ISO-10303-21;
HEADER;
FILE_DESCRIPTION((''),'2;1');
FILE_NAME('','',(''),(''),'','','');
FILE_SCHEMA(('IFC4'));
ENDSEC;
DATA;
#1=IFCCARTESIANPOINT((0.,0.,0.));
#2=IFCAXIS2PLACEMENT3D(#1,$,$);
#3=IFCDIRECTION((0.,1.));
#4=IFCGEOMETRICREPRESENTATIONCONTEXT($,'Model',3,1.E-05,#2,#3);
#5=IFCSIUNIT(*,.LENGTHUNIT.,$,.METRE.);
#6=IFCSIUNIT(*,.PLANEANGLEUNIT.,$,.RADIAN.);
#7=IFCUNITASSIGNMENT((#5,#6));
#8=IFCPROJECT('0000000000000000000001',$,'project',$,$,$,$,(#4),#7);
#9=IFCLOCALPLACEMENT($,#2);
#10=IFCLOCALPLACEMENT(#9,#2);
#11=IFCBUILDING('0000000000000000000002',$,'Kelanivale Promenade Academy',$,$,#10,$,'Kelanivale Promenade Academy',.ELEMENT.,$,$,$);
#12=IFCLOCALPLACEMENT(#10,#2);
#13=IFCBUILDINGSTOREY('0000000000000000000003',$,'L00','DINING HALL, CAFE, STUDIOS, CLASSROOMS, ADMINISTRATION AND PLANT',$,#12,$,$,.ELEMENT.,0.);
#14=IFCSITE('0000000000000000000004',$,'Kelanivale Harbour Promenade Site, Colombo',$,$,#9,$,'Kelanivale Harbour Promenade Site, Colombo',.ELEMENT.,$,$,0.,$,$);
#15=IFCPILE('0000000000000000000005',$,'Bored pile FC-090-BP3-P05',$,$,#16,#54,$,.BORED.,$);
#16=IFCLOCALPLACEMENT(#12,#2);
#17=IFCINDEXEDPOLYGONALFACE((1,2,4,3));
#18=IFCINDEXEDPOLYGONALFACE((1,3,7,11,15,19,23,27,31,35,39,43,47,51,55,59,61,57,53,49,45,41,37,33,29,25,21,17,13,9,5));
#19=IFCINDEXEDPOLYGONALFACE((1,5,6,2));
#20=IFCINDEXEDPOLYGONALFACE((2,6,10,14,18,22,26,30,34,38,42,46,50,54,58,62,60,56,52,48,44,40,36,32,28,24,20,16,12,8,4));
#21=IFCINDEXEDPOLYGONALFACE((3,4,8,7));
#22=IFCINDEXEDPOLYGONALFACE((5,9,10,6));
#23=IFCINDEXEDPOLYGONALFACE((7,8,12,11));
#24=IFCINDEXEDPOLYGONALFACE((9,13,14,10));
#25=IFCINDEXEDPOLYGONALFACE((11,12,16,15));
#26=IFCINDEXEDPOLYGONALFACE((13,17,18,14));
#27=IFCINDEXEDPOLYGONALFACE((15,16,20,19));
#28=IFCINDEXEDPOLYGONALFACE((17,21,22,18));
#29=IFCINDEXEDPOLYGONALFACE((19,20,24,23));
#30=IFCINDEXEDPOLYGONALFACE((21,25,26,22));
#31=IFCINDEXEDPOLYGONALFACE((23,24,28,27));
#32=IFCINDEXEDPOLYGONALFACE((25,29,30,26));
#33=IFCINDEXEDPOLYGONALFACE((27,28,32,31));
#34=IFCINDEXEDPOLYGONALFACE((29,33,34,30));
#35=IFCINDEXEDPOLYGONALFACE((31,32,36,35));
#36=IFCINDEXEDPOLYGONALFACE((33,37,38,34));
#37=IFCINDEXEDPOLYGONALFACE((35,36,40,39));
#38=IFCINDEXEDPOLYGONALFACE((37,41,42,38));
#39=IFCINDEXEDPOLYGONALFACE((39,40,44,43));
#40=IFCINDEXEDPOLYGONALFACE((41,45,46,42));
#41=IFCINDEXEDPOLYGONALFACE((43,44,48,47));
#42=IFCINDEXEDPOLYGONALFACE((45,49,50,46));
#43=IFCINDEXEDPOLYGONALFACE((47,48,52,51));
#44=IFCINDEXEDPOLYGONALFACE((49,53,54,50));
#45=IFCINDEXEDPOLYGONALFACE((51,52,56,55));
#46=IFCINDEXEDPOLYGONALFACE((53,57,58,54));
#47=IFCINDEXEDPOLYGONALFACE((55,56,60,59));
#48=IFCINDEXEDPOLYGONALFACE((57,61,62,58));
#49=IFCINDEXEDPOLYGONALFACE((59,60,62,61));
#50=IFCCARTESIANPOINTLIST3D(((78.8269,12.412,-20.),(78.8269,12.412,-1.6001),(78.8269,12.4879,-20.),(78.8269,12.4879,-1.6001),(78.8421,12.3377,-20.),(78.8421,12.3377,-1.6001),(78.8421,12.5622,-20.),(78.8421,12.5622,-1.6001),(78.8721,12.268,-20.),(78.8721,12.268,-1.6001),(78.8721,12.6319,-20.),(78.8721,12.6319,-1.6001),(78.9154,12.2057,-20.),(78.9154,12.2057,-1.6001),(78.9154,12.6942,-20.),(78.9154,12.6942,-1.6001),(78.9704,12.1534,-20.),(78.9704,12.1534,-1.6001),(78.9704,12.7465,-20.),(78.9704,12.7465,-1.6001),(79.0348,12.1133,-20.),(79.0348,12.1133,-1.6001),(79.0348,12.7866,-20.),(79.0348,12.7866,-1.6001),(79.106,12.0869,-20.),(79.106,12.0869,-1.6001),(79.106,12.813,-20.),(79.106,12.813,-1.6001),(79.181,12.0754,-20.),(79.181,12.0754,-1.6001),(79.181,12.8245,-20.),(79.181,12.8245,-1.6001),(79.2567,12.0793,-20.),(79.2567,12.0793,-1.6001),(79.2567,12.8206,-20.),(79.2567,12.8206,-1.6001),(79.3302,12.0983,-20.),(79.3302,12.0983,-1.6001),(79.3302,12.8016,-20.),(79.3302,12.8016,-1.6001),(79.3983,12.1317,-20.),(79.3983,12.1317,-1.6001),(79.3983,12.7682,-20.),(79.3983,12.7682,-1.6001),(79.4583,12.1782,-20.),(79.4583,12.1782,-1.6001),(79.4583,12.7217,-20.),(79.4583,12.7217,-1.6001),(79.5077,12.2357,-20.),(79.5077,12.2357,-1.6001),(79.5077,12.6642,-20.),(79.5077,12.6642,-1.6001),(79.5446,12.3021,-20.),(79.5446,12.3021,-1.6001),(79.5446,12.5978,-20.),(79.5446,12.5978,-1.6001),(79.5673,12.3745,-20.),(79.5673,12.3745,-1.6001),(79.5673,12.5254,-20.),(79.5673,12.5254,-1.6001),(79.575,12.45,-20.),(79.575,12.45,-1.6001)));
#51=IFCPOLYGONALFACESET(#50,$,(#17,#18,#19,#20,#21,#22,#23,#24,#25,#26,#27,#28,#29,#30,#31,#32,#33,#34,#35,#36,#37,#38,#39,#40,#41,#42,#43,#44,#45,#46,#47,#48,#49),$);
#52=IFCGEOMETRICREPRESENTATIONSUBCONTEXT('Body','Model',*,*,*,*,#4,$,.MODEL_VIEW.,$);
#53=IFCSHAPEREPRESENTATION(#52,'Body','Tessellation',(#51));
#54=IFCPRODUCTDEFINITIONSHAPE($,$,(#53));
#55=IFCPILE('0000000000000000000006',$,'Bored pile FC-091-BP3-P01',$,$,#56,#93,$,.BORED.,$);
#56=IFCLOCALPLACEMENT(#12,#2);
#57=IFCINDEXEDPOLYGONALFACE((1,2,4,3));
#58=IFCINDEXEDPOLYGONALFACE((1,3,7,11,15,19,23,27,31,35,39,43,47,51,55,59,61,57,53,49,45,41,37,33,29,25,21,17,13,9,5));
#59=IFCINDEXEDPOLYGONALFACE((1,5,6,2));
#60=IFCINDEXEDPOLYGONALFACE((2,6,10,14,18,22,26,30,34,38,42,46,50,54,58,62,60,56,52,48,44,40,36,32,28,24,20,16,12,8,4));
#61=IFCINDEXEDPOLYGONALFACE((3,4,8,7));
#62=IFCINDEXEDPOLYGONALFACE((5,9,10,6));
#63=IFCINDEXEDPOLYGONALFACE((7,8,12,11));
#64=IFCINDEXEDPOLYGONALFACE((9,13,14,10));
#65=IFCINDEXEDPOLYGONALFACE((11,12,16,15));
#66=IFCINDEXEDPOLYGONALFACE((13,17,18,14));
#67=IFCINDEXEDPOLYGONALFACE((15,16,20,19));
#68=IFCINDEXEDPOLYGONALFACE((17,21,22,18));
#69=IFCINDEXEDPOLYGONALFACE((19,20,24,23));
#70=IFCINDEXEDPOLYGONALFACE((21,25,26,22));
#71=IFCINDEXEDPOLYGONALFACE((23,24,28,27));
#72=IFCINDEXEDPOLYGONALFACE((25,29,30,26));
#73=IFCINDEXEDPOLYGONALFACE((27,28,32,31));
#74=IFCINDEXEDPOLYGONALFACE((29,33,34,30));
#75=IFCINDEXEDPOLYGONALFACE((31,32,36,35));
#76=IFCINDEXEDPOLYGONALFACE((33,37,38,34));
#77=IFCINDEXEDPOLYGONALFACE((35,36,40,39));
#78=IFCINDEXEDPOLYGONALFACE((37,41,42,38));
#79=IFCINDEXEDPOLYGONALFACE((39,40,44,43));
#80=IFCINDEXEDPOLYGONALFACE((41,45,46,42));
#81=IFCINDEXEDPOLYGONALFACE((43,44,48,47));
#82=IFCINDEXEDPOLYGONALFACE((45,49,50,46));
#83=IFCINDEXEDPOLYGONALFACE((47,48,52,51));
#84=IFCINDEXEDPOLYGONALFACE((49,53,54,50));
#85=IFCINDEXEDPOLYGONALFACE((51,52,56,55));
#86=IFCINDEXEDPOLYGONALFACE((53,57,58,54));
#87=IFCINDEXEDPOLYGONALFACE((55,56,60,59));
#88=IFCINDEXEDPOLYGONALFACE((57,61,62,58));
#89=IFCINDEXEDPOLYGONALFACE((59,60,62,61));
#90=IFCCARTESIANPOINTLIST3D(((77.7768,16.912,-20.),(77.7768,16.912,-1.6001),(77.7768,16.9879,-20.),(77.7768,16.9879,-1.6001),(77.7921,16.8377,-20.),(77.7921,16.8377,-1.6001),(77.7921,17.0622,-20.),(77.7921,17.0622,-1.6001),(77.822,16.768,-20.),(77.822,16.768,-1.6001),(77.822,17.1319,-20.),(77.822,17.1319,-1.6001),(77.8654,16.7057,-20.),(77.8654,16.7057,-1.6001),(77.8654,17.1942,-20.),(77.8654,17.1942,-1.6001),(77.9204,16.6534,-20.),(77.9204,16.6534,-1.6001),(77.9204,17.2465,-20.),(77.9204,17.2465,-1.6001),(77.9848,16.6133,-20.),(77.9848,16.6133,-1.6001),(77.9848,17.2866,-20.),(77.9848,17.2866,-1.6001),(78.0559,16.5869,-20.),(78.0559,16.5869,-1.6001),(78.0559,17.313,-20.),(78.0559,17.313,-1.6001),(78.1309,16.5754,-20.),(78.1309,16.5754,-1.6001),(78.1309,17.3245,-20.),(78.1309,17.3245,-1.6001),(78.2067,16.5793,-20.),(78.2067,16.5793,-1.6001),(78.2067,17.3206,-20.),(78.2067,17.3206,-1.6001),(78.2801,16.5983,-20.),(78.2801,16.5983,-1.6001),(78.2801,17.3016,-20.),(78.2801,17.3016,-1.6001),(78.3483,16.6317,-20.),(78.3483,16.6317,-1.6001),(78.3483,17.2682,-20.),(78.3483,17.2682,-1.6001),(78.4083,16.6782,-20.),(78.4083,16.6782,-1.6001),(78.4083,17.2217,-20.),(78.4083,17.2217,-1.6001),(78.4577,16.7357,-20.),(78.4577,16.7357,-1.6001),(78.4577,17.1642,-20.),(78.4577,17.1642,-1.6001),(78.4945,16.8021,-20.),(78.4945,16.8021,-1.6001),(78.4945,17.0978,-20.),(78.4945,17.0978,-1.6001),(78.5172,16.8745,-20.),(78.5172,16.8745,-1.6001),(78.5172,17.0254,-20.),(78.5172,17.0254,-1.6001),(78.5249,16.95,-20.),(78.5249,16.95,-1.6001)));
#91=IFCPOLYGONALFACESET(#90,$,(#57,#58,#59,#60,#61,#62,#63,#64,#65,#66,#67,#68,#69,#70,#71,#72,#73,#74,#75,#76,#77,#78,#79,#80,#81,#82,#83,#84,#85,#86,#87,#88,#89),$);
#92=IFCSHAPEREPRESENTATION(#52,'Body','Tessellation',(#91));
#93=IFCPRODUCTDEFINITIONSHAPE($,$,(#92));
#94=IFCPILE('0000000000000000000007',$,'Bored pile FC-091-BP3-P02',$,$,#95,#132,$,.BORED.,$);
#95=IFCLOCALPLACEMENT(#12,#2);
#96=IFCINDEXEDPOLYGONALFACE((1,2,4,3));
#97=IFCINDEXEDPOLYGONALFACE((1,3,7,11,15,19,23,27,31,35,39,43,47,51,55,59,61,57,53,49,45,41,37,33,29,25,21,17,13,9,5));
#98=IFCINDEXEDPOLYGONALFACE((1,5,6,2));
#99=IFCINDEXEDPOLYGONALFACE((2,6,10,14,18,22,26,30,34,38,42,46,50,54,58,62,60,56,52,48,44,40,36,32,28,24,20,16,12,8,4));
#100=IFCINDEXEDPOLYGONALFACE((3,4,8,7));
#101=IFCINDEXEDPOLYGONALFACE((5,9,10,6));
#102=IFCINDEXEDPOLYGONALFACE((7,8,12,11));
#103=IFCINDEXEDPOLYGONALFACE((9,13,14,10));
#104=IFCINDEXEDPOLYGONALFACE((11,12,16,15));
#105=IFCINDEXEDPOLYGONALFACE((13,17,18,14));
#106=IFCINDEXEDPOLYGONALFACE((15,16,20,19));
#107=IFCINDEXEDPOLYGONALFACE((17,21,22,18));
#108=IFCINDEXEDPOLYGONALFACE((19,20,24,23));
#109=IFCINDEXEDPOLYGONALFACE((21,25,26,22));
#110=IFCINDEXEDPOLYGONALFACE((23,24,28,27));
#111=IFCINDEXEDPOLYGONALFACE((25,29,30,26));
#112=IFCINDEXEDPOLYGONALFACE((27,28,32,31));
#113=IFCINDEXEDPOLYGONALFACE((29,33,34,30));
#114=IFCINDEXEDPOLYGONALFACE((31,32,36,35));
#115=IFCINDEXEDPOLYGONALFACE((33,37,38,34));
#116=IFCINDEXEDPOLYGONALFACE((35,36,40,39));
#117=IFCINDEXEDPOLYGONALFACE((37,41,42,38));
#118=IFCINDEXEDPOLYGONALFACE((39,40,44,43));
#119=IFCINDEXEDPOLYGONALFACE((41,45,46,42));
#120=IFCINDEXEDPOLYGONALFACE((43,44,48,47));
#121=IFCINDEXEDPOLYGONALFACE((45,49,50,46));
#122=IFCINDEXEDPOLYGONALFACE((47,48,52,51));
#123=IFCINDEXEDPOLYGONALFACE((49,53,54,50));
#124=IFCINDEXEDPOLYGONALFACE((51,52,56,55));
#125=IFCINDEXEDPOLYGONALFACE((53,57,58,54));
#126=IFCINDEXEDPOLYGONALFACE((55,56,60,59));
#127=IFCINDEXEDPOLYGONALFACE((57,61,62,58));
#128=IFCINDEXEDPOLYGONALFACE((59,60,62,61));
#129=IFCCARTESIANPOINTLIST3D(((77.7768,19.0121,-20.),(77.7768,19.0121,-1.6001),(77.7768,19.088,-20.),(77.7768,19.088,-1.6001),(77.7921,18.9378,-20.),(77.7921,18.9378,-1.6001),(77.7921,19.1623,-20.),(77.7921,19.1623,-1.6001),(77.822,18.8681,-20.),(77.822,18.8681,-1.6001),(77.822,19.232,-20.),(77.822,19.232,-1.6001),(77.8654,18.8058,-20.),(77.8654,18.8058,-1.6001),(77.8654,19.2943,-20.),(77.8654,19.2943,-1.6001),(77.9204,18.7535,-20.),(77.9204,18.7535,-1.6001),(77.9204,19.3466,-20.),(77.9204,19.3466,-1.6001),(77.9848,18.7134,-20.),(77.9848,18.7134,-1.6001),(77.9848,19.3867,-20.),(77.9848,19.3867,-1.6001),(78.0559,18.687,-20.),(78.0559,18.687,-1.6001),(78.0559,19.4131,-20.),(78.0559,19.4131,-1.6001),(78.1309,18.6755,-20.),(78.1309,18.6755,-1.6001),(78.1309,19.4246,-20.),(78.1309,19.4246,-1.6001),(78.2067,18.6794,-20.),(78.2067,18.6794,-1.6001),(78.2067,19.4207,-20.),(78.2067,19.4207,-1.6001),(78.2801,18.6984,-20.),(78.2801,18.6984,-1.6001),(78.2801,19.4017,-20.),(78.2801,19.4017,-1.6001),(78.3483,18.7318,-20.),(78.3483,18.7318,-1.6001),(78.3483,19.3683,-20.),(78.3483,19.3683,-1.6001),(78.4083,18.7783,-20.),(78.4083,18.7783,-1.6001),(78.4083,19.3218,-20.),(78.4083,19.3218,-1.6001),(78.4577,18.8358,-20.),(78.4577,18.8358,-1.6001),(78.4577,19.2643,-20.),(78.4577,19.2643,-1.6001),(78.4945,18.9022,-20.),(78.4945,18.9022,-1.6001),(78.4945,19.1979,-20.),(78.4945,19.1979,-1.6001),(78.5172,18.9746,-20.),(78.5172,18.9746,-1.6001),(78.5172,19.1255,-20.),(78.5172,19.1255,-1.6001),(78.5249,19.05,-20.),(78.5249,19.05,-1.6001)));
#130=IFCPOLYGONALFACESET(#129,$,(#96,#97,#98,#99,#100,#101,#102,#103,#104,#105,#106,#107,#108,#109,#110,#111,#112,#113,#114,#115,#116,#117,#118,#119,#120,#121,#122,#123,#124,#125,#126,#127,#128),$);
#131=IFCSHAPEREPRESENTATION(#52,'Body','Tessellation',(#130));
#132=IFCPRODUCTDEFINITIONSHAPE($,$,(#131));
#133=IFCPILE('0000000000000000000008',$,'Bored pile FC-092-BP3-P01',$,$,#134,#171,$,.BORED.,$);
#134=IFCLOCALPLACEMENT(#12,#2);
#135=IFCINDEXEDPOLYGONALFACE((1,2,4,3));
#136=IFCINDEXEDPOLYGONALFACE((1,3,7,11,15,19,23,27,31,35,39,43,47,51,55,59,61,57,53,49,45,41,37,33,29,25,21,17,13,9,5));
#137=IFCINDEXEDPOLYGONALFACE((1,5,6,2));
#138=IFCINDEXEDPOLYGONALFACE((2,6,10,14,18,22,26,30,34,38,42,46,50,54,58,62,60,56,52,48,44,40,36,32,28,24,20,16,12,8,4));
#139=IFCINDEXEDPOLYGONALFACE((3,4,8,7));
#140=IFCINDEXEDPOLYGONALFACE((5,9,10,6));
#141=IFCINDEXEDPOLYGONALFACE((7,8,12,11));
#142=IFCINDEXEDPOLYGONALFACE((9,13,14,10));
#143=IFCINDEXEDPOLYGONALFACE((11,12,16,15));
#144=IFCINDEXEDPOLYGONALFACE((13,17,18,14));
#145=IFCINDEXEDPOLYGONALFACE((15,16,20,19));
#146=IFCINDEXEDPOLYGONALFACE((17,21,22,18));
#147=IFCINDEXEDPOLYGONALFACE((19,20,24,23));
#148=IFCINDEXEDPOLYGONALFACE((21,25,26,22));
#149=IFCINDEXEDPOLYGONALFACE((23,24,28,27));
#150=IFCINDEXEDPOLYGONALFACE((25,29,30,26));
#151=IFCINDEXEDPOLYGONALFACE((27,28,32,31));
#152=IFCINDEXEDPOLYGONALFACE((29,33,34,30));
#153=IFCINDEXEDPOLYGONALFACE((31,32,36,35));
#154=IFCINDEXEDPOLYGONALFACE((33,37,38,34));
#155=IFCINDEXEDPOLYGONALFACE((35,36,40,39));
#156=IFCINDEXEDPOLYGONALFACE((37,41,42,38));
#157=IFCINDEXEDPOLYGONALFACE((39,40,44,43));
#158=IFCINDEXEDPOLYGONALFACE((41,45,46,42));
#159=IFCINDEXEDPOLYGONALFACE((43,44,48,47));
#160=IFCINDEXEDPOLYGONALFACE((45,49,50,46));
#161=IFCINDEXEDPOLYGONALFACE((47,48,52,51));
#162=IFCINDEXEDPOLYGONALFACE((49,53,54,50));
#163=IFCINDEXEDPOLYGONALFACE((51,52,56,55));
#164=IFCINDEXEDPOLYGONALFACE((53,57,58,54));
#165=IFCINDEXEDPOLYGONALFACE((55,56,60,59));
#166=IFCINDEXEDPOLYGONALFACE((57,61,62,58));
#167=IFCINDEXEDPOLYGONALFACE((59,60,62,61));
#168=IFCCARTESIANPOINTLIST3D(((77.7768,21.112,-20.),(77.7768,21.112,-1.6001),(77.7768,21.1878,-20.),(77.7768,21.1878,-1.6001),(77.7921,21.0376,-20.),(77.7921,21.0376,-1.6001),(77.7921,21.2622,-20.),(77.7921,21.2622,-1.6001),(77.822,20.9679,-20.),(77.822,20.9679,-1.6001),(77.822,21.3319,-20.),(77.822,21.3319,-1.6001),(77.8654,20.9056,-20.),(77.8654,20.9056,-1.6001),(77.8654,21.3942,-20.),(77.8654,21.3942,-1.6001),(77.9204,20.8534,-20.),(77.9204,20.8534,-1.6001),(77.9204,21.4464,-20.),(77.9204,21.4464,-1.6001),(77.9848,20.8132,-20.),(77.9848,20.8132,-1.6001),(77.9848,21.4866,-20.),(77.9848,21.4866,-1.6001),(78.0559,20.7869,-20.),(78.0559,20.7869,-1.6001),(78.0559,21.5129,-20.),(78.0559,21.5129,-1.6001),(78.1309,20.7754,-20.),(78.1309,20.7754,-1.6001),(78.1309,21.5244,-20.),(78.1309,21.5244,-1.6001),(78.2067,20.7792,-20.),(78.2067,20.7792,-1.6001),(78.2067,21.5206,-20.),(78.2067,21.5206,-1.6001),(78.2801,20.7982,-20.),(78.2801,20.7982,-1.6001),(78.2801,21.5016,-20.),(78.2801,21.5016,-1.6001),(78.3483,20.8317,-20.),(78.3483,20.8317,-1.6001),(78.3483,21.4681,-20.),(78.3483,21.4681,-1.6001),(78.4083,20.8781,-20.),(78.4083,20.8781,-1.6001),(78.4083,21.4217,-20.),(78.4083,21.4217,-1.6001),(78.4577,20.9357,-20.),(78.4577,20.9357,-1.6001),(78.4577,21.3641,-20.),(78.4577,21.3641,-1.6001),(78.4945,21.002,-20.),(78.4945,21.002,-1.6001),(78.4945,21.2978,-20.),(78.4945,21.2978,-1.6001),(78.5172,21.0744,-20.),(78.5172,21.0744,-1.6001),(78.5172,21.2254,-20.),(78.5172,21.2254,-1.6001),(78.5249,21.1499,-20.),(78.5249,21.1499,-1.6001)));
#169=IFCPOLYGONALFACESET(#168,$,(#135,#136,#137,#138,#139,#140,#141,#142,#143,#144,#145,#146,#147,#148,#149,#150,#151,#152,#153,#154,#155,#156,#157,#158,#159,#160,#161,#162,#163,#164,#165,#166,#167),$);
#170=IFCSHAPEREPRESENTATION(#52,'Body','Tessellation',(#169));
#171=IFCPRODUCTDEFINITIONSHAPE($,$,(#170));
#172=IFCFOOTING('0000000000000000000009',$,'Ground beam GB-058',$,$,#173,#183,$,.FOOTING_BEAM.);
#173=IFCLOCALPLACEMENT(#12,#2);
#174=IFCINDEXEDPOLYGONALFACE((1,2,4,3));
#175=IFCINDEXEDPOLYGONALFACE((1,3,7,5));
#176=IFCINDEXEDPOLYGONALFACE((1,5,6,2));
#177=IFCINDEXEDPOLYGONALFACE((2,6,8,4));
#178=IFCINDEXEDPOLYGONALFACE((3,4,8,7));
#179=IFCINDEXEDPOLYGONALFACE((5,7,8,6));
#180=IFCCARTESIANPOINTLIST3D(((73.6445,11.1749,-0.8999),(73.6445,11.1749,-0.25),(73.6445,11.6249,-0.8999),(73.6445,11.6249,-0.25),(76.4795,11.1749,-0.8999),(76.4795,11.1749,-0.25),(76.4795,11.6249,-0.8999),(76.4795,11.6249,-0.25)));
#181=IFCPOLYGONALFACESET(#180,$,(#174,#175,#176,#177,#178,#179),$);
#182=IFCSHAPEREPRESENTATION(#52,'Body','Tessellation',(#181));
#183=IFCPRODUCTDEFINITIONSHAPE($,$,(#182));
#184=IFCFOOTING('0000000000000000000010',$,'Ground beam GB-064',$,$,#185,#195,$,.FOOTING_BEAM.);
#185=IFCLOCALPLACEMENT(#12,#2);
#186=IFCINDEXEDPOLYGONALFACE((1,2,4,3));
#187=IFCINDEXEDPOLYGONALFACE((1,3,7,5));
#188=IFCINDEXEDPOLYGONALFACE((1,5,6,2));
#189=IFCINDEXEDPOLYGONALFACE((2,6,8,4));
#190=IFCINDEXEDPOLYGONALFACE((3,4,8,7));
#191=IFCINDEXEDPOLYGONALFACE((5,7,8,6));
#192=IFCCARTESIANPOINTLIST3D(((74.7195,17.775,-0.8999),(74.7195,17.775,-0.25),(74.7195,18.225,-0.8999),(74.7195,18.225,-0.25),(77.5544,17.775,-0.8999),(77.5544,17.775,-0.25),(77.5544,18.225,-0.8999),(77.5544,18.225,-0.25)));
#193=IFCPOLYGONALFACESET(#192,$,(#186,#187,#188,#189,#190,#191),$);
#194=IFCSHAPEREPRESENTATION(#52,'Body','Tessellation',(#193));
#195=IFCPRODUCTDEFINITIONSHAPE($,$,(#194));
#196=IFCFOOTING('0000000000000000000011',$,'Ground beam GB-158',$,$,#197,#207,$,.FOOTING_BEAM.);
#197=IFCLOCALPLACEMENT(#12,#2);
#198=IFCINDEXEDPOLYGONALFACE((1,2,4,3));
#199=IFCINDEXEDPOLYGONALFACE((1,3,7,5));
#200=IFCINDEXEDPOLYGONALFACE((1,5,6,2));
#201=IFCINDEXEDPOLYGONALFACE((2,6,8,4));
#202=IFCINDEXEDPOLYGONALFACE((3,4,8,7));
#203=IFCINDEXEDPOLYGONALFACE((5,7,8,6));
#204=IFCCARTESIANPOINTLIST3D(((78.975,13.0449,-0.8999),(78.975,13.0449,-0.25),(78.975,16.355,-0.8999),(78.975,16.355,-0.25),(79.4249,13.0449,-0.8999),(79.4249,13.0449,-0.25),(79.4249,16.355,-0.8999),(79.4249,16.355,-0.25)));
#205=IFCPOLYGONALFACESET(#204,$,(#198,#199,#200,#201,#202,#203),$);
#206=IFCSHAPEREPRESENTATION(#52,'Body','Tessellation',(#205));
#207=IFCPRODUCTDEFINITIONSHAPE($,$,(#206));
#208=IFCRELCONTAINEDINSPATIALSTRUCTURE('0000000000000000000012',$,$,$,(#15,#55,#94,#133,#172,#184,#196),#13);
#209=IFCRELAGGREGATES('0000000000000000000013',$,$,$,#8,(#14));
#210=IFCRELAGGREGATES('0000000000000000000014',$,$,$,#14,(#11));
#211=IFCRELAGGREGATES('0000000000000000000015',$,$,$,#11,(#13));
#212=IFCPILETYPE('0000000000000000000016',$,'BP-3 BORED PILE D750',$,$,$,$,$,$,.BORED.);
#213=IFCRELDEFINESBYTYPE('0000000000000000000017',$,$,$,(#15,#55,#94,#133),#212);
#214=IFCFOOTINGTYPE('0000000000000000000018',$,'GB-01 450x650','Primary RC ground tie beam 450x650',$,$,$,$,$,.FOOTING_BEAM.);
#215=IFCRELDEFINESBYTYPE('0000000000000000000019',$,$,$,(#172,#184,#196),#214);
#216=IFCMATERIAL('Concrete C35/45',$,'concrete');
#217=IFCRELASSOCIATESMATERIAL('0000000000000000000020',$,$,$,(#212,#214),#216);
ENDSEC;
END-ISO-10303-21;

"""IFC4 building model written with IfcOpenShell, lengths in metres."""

from ifc_helpers import new_model, si_unit, direction, frame, origin, origin_2d, place, context, subcontext, project, spatial, rectangle, circle, extrude, material, material_profile, profile_set, type_object, element, save


model = new_model("IFC4")

# Units and contexts
model_context = context("Model", 3, precision=1e-05, world=origin(), true_north=direction((0.0, 1.0)))
body_context = subcontext(model_context, "Body", "Model", "MODEL_VIEW")
ifc_project = project(units=[si_unit("LENGTHUNIT", "METRE"), si_unit("PLANEANGLEUNIT", "RADIAN")], contexts=[model_context])

# Site, building, storey
site_placement = place(None, origin())
site = spatial("IfcSite", under=ifc_project, at=site_placement, Name="Kelanivale Harbour Promenade Site, Colombo", LongName="Kelanivale Harbour Promenade Site, Colombo", CompositionType="ELEMENT", RefElevation=0.0)
building_placement = place(site_placement, origin())
building = spatial("IfcBuilding", under=site, at=building_placement, Name="Kelanivale Promenade Academy", LongName="Kelanivale Promenade Academy", CompositionType="ELEMENT")
storey_placement = place(building_placement, origin())
storey = spatial("IfcBuildingStorey", under=building, at=storey_placement, Name="L00", Description="DINING HALL, CAFE, STUDIOS, CLASSROOMS, ADMINISTRATION AND PLANT", CompositionType="ELEMENT", Elevation=0.0)

# Piles
ifc_material_1 = material(Name="Concrete C35/45", Category="concrete")
ifc_material_profile_1 = material_profile(ifc_material_1, circle(Radius=0.375, at=origin_2d()), Name="BORED PILE D750")
ifc_profile_set_1 = profile_set([ifc_material_profile_1], Name="Concrete C35/45")
pile_type = type_object("IfcPileType", Name="BP-3 BORED PILE D750", PredefinedType="BORED", material=ifc_profile_set_1)
for number, where, z_axis, x_axis, name in (
    (1, (79.2, 12.45, -1.6001), (0.0, 0.0, -1.0), (1.0, 0.0, 0.0), "Bored pile FC-090-BP3-P05"),
    (2, (78.1499, 16.95, -1.6001), (0.0, 0.0, -1.0), (1.0, 0.0, 0.0), "Bored pile FC-091-BP3-P01"),
    (3, (78.1499, 19.05, -1.6001), (0.0, 0.0, -1.0), (1.0, 0.0, 0.0), "Bored pile FC-091-BP3-P02"),
    (4, (78.1499, 21.1499, -1.6001), (0.0, 0.0, -1.0), (1.0, 0.0, 0.0), "Bored pile FC-092-BP3-P01"),
):
    element("IfcPile", number, at=place(storey_placement, frame(where, z_axis=z_axis, x_axis=x_axis)), inside=storey, type_object=pile_type, Name=name, PredefinedType="BORED", context=body_context, shape_type="SweptSolid", body=[
        extrude(circle(Radius=0.375, at=origin_2d()), origin(), (0.0, 0.0, 1.0), 18.3999),
    ])

# Footings
footing_type_1 = type_object("IfcFootingType", Name="GB-01 450x650", Description="Primary RC ground tie beam 450x650", PredefinedType="FOOTING_BEAM", material=ifc_material_1)
for number, where, z_axis, x_axis, name in (
    (5, (75.062, 11.3999, -0.8999), (0.0, 0.0, 1.0), (1.0, 0.0, 0.0), "Ground beam GB-058"),
    (6, (76.137, 18.0, -0.8999), (0.0, 0.0, 1.0), (1.0, 0.0, 0.0), "Ground beam GB-064"),
):
    element("IfcFooting", number, at=place(storey_placement, frame(where, z_axis=z_axis, x_axis=x_axis)), inside=storey, type_object=footing_type_1, Name=name, PredefinedType="FOOTING_BEAM", context=body_context, shape_type="SweptSolid", body=[
        extrude(rectangle(XDim=2.835, YDim=0.45, at=origin_2d()), origin(), (0.0, 0.0, 1.0), 0.6499),
    ])
footing_1_placement = place(storey_placement, frame((79.2, 14.7, -0.8999), z_axis=(0.0, 0.0, 1.0), x_axis=(0.0, 1.0, 0.0)))
element("IfcFooting", 7, at=footing_1_placement, inside=storey, type_object=footing_type_1, Name="Ground beam GB-158", PredefinedType="FOOTING_BEAM", context=body_context, shape_type="SweptSolid", body=[
    extrude(rectangle(XDim=3.3101, YDim=0.45, at=origin_2d()), origin(), (0.0, 0.0, 1.0), 0.6499),
])

save(model, "model.ifc")
